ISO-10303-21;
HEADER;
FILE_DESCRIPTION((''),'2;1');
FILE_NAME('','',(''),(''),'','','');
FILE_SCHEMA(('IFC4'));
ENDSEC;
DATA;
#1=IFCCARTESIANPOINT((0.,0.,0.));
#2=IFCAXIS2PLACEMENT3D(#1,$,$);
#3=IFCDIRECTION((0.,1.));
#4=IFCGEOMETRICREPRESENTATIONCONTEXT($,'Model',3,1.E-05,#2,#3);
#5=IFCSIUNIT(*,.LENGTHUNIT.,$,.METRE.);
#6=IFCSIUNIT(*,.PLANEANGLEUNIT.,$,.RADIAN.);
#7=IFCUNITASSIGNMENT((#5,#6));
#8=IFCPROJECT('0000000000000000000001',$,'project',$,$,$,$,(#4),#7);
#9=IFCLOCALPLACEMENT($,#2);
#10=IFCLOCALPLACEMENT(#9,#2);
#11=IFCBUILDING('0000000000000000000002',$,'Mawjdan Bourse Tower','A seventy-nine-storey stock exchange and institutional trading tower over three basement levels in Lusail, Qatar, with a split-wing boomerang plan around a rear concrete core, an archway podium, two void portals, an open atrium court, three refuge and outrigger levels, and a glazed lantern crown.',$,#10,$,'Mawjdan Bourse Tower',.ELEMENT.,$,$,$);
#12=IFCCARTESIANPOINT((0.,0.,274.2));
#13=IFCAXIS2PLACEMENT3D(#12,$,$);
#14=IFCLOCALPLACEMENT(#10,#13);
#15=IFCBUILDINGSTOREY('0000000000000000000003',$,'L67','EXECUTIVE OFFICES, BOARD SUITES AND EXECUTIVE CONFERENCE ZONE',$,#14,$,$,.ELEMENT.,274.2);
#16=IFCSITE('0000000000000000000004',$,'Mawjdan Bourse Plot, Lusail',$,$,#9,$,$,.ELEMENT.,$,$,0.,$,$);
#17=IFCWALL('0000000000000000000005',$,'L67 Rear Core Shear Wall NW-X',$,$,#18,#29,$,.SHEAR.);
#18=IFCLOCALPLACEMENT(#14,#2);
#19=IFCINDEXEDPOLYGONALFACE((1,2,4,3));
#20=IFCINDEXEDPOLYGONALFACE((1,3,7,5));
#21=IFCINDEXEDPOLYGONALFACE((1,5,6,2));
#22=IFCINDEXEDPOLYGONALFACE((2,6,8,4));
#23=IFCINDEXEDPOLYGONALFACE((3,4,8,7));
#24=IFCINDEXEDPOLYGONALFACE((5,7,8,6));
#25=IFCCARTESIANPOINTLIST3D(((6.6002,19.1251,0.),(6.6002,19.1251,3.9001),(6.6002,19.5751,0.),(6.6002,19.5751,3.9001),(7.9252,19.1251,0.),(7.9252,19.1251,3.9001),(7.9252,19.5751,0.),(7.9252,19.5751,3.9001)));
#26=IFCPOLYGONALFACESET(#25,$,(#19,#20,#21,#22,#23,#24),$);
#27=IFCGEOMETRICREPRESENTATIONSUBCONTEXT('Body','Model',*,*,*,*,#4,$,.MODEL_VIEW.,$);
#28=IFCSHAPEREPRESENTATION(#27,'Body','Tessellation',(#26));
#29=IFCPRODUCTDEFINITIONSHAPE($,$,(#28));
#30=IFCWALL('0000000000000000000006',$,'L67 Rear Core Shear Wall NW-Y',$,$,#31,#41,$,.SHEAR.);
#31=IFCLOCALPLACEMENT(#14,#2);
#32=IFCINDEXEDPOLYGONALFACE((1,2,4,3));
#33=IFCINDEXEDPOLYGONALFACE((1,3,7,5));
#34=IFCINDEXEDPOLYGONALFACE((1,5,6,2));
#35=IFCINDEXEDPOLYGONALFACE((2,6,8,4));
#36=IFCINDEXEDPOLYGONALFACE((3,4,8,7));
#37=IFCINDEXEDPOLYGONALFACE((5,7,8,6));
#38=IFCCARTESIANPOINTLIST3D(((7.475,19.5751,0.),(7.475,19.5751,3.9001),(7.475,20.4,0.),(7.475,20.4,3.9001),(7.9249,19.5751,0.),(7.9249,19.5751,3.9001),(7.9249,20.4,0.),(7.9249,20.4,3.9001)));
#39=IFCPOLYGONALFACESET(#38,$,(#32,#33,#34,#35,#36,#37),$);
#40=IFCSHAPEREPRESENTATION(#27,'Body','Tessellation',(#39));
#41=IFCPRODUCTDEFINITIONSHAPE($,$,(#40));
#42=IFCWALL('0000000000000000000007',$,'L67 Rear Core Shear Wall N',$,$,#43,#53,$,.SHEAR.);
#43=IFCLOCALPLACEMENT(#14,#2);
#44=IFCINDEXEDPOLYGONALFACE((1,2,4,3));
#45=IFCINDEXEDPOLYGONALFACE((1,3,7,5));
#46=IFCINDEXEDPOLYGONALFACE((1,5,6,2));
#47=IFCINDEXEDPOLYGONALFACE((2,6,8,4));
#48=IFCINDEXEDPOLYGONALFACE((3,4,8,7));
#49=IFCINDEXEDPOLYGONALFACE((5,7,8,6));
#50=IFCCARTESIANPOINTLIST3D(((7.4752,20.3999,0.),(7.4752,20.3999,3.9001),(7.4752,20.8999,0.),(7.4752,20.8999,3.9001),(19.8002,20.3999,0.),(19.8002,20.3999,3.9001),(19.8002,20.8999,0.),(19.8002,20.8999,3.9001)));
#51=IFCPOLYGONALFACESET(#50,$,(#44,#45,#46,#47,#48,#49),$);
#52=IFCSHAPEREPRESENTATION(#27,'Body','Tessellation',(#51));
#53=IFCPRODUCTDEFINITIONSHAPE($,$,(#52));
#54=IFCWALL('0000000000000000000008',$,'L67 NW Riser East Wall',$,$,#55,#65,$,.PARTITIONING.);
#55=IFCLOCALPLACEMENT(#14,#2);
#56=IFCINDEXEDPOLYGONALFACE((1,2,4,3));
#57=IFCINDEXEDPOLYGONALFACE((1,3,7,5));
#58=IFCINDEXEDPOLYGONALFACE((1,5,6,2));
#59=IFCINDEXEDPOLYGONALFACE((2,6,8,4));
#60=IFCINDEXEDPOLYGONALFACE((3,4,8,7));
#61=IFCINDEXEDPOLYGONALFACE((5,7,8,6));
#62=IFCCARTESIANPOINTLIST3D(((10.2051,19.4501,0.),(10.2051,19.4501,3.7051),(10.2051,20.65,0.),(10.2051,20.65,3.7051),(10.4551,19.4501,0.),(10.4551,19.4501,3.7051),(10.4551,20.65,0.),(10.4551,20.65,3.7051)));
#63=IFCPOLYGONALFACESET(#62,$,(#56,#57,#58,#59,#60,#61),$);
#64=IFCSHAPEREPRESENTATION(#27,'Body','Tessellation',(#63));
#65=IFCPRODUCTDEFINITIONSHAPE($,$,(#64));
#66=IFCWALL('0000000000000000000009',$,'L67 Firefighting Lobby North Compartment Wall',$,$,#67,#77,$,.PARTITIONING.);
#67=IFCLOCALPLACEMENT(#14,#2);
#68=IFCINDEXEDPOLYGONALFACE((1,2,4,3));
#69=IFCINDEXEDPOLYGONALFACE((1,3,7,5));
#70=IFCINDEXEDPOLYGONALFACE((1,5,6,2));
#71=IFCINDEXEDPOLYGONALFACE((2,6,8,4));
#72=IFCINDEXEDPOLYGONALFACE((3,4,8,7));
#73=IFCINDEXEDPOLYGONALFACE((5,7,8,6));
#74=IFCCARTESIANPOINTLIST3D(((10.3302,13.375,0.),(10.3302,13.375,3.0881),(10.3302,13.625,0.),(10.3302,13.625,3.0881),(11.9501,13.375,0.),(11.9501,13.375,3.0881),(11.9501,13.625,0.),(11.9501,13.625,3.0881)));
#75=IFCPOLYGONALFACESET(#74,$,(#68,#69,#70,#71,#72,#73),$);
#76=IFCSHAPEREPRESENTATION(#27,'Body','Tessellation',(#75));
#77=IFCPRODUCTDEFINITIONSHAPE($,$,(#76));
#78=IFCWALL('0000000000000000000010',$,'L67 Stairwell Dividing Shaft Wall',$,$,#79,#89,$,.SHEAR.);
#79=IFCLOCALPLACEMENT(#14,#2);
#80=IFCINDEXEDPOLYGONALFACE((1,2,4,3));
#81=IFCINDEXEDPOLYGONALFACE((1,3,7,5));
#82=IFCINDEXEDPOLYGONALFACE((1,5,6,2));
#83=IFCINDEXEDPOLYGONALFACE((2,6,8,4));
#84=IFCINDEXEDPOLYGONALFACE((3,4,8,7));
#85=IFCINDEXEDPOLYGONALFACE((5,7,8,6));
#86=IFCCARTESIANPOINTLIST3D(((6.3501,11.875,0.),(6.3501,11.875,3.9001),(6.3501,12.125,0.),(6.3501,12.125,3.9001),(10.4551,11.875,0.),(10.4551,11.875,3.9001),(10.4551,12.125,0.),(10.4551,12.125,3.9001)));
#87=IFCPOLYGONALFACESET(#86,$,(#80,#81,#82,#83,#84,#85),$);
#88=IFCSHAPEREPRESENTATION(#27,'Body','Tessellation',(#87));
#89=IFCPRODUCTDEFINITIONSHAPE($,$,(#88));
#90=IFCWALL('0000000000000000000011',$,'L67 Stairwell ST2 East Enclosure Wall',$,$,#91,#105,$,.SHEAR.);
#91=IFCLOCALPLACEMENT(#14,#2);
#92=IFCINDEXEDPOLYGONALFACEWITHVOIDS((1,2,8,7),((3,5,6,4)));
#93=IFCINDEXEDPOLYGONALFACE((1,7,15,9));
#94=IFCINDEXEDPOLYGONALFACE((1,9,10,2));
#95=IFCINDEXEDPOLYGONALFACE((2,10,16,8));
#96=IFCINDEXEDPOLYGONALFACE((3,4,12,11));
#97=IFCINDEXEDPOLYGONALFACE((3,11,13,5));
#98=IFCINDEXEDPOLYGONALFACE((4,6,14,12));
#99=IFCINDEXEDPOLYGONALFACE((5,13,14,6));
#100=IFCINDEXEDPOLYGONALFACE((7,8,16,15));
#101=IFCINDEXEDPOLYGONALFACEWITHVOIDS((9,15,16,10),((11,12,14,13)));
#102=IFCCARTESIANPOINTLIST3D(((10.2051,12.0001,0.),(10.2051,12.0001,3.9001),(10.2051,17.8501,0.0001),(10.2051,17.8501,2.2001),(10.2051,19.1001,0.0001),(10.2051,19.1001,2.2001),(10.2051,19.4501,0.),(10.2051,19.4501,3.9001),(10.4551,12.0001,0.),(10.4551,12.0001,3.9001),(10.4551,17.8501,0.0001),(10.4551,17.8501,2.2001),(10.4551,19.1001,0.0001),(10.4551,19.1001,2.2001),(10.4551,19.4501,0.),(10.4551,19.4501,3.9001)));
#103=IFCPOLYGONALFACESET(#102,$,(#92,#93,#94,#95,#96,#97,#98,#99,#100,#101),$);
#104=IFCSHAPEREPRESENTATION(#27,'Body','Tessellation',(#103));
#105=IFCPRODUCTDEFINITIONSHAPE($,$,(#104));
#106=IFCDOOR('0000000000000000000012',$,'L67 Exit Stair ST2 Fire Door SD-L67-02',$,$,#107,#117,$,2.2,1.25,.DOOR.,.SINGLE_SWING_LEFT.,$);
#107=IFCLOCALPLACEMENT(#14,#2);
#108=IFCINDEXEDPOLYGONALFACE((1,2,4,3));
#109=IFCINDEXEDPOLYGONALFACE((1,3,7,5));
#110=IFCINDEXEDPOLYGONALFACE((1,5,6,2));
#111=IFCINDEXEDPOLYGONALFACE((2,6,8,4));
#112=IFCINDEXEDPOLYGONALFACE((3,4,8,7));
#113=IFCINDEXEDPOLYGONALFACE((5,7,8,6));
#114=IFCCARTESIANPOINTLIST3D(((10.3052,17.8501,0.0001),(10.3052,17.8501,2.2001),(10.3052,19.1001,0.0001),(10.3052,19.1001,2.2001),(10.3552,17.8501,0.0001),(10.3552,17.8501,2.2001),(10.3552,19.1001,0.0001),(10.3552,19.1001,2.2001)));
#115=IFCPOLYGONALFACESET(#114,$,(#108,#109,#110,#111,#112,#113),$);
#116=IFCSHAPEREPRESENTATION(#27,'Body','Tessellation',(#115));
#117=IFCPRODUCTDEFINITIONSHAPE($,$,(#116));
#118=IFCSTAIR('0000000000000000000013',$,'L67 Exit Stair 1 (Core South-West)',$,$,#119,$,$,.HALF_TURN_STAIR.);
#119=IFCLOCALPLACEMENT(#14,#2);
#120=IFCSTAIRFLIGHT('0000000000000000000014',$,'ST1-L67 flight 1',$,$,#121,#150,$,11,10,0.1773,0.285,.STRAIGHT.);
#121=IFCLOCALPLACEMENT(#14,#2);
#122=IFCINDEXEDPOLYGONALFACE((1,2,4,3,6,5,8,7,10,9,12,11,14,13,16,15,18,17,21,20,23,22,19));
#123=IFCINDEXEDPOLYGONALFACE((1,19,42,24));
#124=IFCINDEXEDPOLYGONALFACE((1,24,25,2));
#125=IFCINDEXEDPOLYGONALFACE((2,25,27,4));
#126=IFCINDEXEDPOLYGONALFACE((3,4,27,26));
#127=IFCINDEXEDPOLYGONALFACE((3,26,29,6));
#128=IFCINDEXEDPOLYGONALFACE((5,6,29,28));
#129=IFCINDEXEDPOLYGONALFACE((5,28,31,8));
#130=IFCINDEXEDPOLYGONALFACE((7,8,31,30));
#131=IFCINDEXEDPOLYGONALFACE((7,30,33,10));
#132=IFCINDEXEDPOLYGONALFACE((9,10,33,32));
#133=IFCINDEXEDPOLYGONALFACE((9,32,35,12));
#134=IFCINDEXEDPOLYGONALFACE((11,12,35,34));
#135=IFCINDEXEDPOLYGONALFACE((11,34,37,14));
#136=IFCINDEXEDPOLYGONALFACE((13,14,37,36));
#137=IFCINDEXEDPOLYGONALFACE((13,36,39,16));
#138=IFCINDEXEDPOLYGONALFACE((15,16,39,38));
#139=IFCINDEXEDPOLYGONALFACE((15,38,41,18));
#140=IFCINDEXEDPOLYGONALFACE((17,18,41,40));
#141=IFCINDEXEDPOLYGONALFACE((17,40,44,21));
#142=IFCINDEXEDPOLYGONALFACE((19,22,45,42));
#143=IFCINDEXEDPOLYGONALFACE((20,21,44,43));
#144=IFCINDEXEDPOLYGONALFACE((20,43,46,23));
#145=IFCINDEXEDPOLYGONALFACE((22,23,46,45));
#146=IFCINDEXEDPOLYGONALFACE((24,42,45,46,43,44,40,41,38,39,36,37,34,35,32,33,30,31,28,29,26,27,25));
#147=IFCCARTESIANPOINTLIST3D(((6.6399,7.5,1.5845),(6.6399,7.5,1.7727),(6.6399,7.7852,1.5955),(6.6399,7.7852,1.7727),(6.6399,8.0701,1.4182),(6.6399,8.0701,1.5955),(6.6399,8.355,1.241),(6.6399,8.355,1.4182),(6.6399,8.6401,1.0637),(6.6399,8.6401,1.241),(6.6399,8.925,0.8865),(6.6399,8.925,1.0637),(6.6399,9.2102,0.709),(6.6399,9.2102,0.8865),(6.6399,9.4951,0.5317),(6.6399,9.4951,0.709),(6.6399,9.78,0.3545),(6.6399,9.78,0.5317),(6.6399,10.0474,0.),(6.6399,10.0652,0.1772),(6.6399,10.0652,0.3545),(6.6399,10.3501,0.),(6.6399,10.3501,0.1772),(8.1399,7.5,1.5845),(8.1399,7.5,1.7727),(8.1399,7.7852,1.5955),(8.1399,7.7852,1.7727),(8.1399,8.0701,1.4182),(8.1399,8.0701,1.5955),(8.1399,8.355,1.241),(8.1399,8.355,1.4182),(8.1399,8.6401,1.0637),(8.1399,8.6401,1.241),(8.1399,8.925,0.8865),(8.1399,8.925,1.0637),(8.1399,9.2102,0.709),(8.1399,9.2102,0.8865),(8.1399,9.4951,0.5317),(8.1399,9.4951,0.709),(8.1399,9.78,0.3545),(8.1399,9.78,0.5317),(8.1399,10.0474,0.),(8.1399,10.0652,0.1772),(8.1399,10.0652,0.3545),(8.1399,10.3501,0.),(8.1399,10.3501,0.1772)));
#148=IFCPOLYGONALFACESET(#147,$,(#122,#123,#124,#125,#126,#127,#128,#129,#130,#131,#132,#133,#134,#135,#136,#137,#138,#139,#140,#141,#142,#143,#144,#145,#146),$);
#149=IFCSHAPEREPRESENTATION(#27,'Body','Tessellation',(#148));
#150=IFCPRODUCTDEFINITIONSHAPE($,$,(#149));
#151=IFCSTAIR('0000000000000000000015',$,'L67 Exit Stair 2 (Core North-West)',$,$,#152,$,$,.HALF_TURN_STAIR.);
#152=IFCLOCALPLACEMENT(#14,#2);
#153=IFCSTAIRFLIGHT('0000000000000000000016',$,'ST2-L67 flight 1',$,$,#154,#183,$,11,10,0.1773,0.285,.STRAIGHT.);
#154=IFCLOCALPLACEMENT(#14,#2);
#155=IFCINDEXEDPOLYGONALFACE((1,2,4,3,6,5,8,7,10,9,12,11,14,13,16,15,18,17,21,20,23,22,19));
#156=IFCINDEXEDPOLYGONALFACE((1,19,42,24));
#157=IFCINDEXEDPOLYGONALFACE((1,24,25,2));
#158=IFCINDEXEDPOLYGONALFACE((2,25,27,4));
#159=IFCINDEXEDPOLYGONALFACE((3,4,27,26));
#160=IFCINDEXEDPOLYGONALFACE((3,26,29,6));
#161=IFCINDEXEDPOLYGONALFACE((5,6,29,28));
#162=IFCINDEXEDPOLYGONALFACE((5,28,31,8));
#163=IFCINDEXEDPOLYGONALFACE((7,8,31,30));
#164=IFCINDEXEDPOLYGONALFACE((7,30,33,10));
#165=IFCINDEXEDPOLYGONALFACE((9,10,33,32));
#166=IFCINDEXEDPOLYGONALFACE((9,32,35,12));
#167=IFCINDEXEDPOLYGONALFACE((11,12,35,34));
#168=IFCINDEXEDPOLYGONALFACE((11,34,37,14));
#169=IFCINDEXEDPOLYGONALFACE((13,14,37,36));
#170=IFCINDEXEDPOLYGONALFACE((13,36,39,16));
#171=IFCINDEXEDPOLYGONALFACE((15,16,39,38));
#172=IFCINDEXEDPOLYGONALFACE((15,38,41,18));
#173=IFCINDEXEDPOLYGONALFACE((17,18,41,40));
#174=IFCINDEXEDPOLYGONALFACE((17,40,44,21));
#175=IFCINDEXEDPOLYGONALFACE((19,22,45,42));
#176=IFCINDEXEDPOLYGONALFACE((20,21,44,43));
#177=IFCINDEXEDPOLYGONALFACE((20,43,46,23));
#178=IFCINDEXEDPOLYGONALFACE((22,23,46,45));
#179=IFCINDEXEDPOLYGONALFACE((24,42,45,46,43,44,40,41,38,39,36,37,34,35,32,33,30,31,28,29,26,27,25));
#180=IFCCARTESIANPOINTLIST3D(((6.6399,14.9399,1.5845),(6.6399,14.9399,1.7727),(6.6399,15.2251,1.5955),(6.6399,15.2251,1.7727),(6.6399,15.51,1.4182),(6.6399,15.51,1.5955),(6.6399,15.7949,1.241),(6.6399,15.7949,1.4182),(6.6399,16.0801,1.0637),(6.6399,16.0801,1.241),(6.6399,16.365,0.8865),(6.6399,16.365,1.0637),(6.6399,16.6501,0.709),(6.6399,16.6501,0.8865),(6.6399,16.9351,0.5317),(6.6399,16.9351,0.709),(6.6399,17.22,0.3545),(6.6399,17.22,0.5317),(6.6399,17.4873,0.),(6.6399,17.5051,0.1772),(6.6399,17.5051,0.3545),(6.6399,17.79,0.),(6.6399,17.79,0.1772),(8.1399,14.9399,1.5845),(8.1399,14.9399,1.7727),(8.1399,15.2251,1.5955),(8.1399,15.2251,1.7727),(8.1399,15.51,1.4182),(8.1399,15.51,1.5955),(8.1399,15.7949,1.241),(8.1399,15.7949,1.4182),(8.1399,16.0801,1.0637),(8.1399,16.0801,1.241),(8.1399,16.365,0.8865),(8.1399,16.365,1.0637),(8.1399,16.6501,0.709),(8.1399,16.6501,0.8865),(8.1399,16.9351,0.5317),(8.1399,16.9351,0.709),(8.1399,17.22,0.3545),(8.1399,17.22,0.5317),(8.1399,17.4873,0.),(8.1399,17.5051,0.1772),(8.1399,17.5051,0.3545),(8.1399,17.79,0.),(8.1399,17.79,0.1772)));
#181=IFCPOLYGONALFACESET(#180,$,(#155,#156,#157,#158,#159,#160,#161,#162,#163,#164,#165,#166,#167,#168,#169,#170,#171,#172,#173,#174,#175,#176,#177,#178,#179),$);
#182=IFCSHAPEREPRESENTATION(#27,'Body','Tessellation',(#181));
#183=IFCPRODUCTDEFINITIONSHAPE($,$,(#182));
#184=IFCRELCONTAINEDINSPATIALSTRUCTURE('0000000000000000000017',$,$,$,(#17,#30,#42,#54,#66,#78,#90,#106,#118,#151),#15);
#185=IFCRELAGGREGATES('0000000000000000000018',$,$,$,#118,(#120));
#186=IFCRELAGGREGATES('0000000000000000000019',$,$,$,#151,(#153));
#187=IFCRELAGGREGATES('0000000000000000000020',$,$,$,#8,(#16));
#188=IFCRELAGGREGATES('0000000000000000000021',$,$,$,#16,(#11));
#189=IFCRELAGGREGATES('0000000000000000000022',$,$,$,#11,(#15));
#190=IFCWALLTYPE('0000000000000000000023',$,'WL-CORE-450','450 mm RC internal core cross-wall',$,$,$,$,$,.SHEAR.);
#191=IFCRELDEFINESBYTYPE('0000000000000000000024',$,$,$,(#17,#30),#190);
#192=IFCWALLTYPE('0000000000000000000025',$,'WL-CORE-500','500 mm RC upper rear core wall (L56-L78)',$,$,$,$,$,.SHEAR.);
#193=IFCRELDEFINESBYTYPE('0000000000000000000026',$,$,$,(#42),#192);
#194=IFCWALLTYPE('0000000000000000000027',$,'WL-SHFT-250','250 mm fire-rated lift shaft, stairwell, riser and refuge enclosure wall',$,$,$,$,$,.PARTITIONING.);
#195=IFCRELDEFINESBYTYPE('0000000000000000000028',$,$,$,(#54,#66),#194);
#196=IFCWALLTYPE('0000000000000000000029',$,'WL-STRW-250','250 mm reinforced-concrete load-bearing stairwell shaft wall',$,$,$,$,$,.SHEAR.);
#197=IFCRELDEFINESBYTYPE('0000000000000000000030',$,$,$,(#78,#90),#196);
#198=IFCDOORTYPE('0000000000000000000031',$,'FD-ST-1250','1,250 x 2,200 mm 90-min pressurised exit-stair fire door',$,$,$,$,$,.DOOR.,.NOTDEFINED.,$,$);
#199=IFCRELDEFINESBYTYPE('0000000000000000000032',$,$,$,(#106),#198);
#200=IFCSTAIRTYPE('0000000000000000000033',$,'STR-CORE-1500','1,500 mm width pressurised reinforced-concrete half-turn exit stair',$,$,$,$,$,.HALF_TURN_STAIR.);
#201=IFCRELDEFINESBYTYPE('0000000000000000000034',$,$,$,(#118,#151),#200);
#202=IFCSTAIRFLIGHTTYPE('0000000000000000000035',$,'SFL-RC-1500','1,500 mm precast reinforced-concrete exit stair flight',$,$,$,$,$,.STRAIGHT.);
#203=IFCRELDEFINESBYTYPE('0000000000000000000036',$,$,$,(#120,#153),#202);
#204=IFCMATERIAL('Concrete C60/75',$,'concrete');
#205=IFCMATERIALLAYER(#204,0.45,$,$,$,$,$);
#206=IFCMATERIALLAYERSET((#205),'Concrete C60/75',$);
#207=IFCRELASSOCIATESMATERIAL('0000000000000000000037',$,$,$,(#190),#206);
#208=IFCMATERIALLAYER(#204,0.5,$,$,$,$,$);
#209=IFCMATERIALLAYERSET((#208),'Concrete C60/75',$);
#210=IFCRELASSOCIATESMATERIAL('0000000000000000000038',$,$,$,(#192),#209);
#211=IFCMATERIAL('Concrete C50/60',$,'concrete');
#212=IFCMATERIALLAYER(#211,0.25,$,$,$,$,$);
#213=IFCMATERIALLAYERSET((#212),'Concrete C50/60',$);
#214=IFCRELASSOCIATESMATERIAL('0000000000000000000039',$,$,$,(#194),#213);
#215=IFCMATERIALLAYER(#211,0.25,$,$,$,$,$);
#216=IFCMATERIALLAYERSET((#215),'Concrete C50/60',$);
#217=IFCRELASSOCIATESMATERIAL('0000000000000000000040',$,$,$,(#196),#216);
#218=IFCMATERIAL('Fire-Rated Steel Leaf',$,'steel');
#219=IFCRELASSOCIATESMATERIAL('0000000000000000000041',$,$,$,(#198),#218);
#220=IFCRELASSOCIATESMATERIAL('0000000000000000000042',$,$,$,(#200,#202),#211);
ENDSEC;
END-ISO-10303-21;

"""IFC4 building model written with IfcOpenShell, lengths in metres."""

from ifc_helpers import new_model, si_unit, direction, frame, frame_2d, origin, place, context, subcontext, project, spatial, polyline, rectangle, outline, extrude, material, layer, layer_set, type_object, element, fill, aggregate, save


model = new_model("IFC4")

# Units and contexts
model_context = context("Model", 3, precision=1e-05, world=origin(), true_north=direction((0.0, 1.0)))
body_context = subcontext(model_context, "Body", "Model", "MODEL_VIEW")
ifc_project = project(units=[si_unit("LENGTHUNIT", "METRE"), si_unit("PLANEANGLEUNIT", "RADIAN")], contexts=[model_context])

# Site, building, storey
site_placement = place(None, origin())
site = spatial("IfcSite", under=ifc_project, at=site_placement, Name="Mawjdan Bourse Plot, Lusail", CompositionType="ELEMENT", RefElevation=0.0)
building_placement = place(site_placement, origin())
building = spatial("IfcBuilding", under=site, at=building_placement, Name="Mawjdan Bourse Tower", Description="A seventy-nine-storey stock exchange and institutional trading tower over three basement levels in Lusail, Qatar, with a split-wing boomerang plan around a rear concrete core, an archway podium, two void portals, an open atrium court, three refuge and outrigger levels, and a glazed lantern crown.", LongName="Mawjdan Bourse Tower", CompositionType="ELEMENT")
storey_placement = place(building_placement, frame((0.0, 0.0, 274.2)))
storey = spatial("IfcBuildingStorey", under=building, at=storey_placement, Name="L67", Description="EXECUTIVE OFFICES, BOARD SUITES AND EXECUTIVE CONFERENCE ZONE", CompositionType="ELEMENT", Elevation=274.2)

# Walls
ifc_material_1 = material(Name="Concrete C60/75", Category="concrete")
ifc_layer_1 = layer(ifc_material_1, 0.45)
ifc_layer_set_1 = layer_set([ifc_layer_1], Name="Concrete C60/75")
wall_type_1 = type_object("IfcWallType", Name="WL-CORE-450", Description="450 mm RC internal core cross-wall", PredefinedType="SHEAR", material=ifc_layer_set_1)
wall_1_placement = place(storey_placement, frame((6.6001, 19.3501, 0.0), z_axis=(0.0, 0.0, 1.0), x_axis=(1.0, 0.0, 0.0)))
element("IfcWall", 1, at=wall_1_placement, inside=storey, type_object=wall_type_1, Name="L67 Rear Core Shear Wall NW-X", PredefinedType="SHEAR", context=body_context, shape_type="SweptSolid", body=[
    extrude(rectangle(XDim=1.325, YDim=0.45, at=frame_2d((0.6626, 0.0))), origin(), (0.0, 0.0, 1.0), 3.9001),
])
wall_2_placement = place(storey_placement, frame((7.7, 19.575, 0.0), z_axis=(0.0, 0.0, 1.0), x_axis=(0.0, 1.0, 0.0)))
element("IfcWall", 2, at=wall_2_placement, inside=storey, type_object=wall_type_1, Name="L67 Rear Core Shear Wall NW-Y", PredefinedType="SHEAR", context=body_context, shape_type="SweptSolid", body=[
    extrude(rectangle(XDim=0.825, YDim=0.45, at=frame_2d((0.4126, 0.0))), origin(), (0.0, 0.0, 1.0), 3.9001),
])
ifc_layer_2 = layer(ifc_material_1, 0.5)
ifc_layer_set_2 = layer_set([ifc_layer_2], Name="Concrete C60/75")
wall_type_2 = type_object("IfcWallType", Name="WL-CORE-500", Description="500 mm RC upper rear core wall (L56-L78)", PredefinedType="SHEAR", material=ifc_layer_set_2)
wall_3_placement = place(storey_placement, frame((7.4751, 20.6499, 0.0), z_axis=(0.0, 0.0, 1.0), x_axis=(1.0, 0.0, 0.0)))
element("IfcWall", 3, at=wall_3_placement, inside=storey, type_object=wall_type_2, Name="L67 Rear Core Shear Wall N", PredefinedType="SHEAR", context=body_context, shape_type="SweptSolid", body=[
    extrude(rectangle(XDim=12.325, YDim=0.5, at=frame_2d((6.1626, 0.0))), origin(), (0.0, 0.0, 1.0), 3.9001),
])
ifc_material_2 = material(Name="Concrete C50/60", Category="concrete")
ifc_layer_3 = layer(ifc_material_2, 0.25)
ifc_layer_set_3 = layer_set([ifc_layer_3], Name="Concrete C50/60")
wall_type_3 = type_object("IfcWallType", Name="WL-SHFT-250", Description="250 mm fire-rated lift shaft, stairwell, riser and refuge enclosure wall", PredefinedType="PARTITIONING", material=ifc_layer_set_3)
wall_4_placement = place(storey_placement, frame((10.3301, 19.45, 0.0), z_axis=(0.0, 0.0, 1.0), x_axis=(0.0, 1.0, 0.0)))
element("IfcWall", 4, at=wall_4_placement, inside=storey, type_object=wall_type_3, Name="L67 NW Riser East Wall", PredefinedType="PARTITIONING", context=body_context, shape_type="SweptSolid", body=[
    extrude(rectangle(XDim=1.2, YDim=0.25, at=frame_2d((0.6001, 0.0))), origin(), (0.0, 0.0, 1.0), 3.7051),
])
wall_5_placement = place(storey_placement, frame((10.3301, 13.5, 0.0), z_axis=(0.0, 0.0, 1.0), x_axis=(1.0, 0.0, 0.0)))
element("IfcWall", 5, at=wall_5_placement, inside=storey, type_object=wall_type_3, Name="L67 Firefighting Lobby North Compartment Wall", PredefinedType="PARTITIONING", context=body_context, shape_type="SweptSolid", body=[
    extrude(rectangle(XDim=1.6199, YDim=0.25, at=frame_2d((0.8101, 0.0))), origin(), (0.0, 0.0, 1.0), 3.0881),
])
ifc_layer_4 = layer(ifc_material_2, 0.25)
ifc_layer_set_4 = layer_set([ifc_layer_4], Name="Concrete C50/60")
wall_type_4 = type_object("IfcWallType", Name="WL-STRW-250", Description="250 mm reinforced-concrete load-bearing stairwell shaft wall", PredefinedType="SHEAR", material=ifc_layer_set_4)
wall_6_placement = place(storey_placement, frame((6.3501, 12.0, 0.0), z_axis=(0.0, 0.0, 1.0), x_axis=(1.0, 0.0, 0.0)))
element("IfcWall", 6, at=wall_6_placement, inside=storey, type_object=wall_type_4, Name="L67 Stairwell Dividing Shaft Wall", PredefinedType="SHEAR", context=body_context, shape_type="SweptSolid", body=[
    extrude(rectangle(XDim=4.105, YDim=0.25, at=frame_2d((2.0525, 0.0))), origin(), (0.0, 0.0, 1.0), 3.9001),
])

# Wall, opening, door
wall_7_placement = place(storey_placement, frame((10.3301, 12.0, 0.0), z_axis=(0.0, 0.0, 1.0), x_axis=(0.0, 1.0, 0.0)))
wall_7 = element("IfcWall", 7, at=wall_7_placement, inside=storey, type_object=wall_type_4, Name="L67 Stairwell ST2 East Enclosure Wall", PredefinedType="SHEAR", context=body_context, shape_type="SweptSolid", body=[
    extrude(rectangle(XDim=7.45, YDim=0.25, at=frame_2d((3.7251, 0.0))), origin(), (0.0, 0.0, 1.0), 3.9001),
])
opening_placement = place(wall_7_placement, frame((5.8501, 0.0, 0.0)))
opening = element("IfcOpeningElement", 8, at=opening_placement, cuts=wall_7, PredefinedType="OPENING", context=body_context, shape_type="SweptSolid", body=[
    extrude(rectangle(XDim=1.25, YDim=2.2, at=frame_2d((0.625, 1.1001))), frame((0.0, 0.135, 0.0), z_axis=(0.0, -1.0, 0.0), x_axis=(1.0, 0.0, 0.0)), (0.0, 0.0, 1.0), 0.27),
])
ifc_material_3 = material(Name="Fire-Rated Steel Leaf", Category="steel")
door_type = type_object("IfcDoorType", Name="FD-ST-1250", Description="1,250 x 2,200 mm 90-min pressurised exit-stair fire door", OperationType="NOTDEFINED", PredefinedType="DOOR", material=ifc_material_3)
door_placement = place(opening_placement, origin())
door = element("IfcDoor", 9, at=door_placement, inside=storey, type_object=door_type, Name="L67 Exit Stair ST2 Fire Door SD-L67-02", OperationType="SINGLE_SWING_LEFT", OverallHeight=2.2, OverallWidth=1.25, PredefinedType="DOOR", context=body_context, shape_type="SweptSolid", body=[
    extrude(rectangle(XDim=1.25, YDim=2.2, at=frame_2d((0.625, 1.1001))), frame((0.0, 0.0249, 0.0), z_axis=(0.0, -1.0, 0.0), x_axis=(1.0, 0.0, 0.0)), (0.0, 0.0, 1.0), 0.05),
])
fill(opening, door)

# Stair, stair flight
stair_type = type_object("IfcStairType", Name="STR-CORE-1500", Description="1,500 mm width pressurised reinforced-concrete half-turn exit stair", PredefinedType="HALF_TURN_STAIR", material=ifc_material_2)
stair_1_placement = place(storey_placement, origin())
stair_1 = element("IfcStair", 10, at=stair_1_placement, inside=storey, type_object=stair_type, Name="L67 Exit Stair 1 (Core South-West)", PredefinedType="HALF_TURN_STAIR")
stair_flight_type = type_object("IfcStairFlightType", Name="SFL-RC-1500", Description="1,500 mm precast reinforced-concrete exit stair flight", PredefinedType="STRAIGHT", material=ifc_material_2)
stair_flight_1_placement = place(storey_placement, frame((7.3899, 10.3501, 0.0), z_axis=(0.0, 0.0, 1.0), x_axis=(0.0, -1.0, 0.0)))
stair_flight_1 = element("IfcStairFlight", 11, at=stair_flight_1_placement, type_object=stair_flight_type, Name="ST1-L67 flight 1", NumberOfRisers=11, NumberOfTreads=10, PredefinedType="STRAIGHT", RiserHeight=0.1773, TreadLength=0.285, context=body_context, shape_type="SweptSolid", body=[
    extrude(outline(polyline([(0.0, 0.0), (0.0, 0.1772), (0.2849, 0.1772), (0.2849, 0.3545), (0.5701, 0.3545), (0.5701, 0.5317), (0.855, 0.5317), (0.855, 0.709), (1.1399, 0.709), (1.1399, 0.8865), (1.425, 0.8865), (1.425, 1.0637), (1.71, 1.0637), (1.71, 1.241), (1.9951, 1.241), (1.9951, 1.4182), (2.28, 1.4182), (2.28, 1.5955), (2.5649, 1.5955), (2.5649, 1.7727), (2.8501, 1.7727), (2.8501, 1.95), (2.8501, 1.5845), (0.3027, 0.0), (0.0, 0.0)])), frame((0.0, 0.75, 0.0), z_axis=(0.0, -1.0, 0.0), x_axis=(1.0, 0.0, 0.0)), (0.0, 0.0, 1.0), 1.5),
])
aggregate(stair_1, [stair_flight_1])

# Stair, stair flight
stair_2_placement = place(storey_placement, origin())
stair_2 = element("IfcStair", 12, at=stair_2_placement, inside=storey, type_object=stair_type, Name="L67 Exit Stair 2 (Core North-West)", PredefinedType="HALF_TURN_STAIR")
stair_flight_2_placement = place(storey_placement, frame((7.3899, 17.79, 0.0), z_axis=(0.0, 0.0, 1.0), x_axis=(0.0, -1.0, 0.0)))
stair_flight_2 = element("IfcStairFlight", 13, at=stair_flight_2_placement, type_object=stair_flight_type, Name="ST2-L67 flight 1", NumberOfRisers=11, NumberOfTreads=10, PredefinedType="STRAIGHT", RiserHeight=0.1773, TreadLength=0.285, context=body_context, shape_type="SweptSolid", body=[
    extrude(outline(polyline([(0.0, 0.0), (0.0, 0.1772), (0.2849, 0.1772), (0.2849, 0.3545), (0.5701, 0.3545), (0.5701, 0.5317), (0.855, 0.5317), (0.855, 0.709), (1.1399, 0.709), (1.1399, 0.8865), (1.425, 0.8865), (1.425, 1.0637), (1.71, 1.0637), (1.71, 1.241), (1.9951, 1.241), (1.9951, 1.4182), (2.28, 1.4182), (2.28, 1.5955), (2.5649, 1.5955), (2.5649, 1.7727), (2.8501, 1.7727), (2.8501, 1.95), (2.8501, 1.5845), (0.3027, 0.0), (0.0, 0.0)])), frame((0.0, 0.75, 0.0), z_axis=(0.0, -1.0, 0.0), x_axis=(1.0, 0.0, 0.0)), (0.0, 0.0, 1.0), 1.5),
])
aggregate(stair_2, [stair_flight_2])

save(model, "model.ifc")
